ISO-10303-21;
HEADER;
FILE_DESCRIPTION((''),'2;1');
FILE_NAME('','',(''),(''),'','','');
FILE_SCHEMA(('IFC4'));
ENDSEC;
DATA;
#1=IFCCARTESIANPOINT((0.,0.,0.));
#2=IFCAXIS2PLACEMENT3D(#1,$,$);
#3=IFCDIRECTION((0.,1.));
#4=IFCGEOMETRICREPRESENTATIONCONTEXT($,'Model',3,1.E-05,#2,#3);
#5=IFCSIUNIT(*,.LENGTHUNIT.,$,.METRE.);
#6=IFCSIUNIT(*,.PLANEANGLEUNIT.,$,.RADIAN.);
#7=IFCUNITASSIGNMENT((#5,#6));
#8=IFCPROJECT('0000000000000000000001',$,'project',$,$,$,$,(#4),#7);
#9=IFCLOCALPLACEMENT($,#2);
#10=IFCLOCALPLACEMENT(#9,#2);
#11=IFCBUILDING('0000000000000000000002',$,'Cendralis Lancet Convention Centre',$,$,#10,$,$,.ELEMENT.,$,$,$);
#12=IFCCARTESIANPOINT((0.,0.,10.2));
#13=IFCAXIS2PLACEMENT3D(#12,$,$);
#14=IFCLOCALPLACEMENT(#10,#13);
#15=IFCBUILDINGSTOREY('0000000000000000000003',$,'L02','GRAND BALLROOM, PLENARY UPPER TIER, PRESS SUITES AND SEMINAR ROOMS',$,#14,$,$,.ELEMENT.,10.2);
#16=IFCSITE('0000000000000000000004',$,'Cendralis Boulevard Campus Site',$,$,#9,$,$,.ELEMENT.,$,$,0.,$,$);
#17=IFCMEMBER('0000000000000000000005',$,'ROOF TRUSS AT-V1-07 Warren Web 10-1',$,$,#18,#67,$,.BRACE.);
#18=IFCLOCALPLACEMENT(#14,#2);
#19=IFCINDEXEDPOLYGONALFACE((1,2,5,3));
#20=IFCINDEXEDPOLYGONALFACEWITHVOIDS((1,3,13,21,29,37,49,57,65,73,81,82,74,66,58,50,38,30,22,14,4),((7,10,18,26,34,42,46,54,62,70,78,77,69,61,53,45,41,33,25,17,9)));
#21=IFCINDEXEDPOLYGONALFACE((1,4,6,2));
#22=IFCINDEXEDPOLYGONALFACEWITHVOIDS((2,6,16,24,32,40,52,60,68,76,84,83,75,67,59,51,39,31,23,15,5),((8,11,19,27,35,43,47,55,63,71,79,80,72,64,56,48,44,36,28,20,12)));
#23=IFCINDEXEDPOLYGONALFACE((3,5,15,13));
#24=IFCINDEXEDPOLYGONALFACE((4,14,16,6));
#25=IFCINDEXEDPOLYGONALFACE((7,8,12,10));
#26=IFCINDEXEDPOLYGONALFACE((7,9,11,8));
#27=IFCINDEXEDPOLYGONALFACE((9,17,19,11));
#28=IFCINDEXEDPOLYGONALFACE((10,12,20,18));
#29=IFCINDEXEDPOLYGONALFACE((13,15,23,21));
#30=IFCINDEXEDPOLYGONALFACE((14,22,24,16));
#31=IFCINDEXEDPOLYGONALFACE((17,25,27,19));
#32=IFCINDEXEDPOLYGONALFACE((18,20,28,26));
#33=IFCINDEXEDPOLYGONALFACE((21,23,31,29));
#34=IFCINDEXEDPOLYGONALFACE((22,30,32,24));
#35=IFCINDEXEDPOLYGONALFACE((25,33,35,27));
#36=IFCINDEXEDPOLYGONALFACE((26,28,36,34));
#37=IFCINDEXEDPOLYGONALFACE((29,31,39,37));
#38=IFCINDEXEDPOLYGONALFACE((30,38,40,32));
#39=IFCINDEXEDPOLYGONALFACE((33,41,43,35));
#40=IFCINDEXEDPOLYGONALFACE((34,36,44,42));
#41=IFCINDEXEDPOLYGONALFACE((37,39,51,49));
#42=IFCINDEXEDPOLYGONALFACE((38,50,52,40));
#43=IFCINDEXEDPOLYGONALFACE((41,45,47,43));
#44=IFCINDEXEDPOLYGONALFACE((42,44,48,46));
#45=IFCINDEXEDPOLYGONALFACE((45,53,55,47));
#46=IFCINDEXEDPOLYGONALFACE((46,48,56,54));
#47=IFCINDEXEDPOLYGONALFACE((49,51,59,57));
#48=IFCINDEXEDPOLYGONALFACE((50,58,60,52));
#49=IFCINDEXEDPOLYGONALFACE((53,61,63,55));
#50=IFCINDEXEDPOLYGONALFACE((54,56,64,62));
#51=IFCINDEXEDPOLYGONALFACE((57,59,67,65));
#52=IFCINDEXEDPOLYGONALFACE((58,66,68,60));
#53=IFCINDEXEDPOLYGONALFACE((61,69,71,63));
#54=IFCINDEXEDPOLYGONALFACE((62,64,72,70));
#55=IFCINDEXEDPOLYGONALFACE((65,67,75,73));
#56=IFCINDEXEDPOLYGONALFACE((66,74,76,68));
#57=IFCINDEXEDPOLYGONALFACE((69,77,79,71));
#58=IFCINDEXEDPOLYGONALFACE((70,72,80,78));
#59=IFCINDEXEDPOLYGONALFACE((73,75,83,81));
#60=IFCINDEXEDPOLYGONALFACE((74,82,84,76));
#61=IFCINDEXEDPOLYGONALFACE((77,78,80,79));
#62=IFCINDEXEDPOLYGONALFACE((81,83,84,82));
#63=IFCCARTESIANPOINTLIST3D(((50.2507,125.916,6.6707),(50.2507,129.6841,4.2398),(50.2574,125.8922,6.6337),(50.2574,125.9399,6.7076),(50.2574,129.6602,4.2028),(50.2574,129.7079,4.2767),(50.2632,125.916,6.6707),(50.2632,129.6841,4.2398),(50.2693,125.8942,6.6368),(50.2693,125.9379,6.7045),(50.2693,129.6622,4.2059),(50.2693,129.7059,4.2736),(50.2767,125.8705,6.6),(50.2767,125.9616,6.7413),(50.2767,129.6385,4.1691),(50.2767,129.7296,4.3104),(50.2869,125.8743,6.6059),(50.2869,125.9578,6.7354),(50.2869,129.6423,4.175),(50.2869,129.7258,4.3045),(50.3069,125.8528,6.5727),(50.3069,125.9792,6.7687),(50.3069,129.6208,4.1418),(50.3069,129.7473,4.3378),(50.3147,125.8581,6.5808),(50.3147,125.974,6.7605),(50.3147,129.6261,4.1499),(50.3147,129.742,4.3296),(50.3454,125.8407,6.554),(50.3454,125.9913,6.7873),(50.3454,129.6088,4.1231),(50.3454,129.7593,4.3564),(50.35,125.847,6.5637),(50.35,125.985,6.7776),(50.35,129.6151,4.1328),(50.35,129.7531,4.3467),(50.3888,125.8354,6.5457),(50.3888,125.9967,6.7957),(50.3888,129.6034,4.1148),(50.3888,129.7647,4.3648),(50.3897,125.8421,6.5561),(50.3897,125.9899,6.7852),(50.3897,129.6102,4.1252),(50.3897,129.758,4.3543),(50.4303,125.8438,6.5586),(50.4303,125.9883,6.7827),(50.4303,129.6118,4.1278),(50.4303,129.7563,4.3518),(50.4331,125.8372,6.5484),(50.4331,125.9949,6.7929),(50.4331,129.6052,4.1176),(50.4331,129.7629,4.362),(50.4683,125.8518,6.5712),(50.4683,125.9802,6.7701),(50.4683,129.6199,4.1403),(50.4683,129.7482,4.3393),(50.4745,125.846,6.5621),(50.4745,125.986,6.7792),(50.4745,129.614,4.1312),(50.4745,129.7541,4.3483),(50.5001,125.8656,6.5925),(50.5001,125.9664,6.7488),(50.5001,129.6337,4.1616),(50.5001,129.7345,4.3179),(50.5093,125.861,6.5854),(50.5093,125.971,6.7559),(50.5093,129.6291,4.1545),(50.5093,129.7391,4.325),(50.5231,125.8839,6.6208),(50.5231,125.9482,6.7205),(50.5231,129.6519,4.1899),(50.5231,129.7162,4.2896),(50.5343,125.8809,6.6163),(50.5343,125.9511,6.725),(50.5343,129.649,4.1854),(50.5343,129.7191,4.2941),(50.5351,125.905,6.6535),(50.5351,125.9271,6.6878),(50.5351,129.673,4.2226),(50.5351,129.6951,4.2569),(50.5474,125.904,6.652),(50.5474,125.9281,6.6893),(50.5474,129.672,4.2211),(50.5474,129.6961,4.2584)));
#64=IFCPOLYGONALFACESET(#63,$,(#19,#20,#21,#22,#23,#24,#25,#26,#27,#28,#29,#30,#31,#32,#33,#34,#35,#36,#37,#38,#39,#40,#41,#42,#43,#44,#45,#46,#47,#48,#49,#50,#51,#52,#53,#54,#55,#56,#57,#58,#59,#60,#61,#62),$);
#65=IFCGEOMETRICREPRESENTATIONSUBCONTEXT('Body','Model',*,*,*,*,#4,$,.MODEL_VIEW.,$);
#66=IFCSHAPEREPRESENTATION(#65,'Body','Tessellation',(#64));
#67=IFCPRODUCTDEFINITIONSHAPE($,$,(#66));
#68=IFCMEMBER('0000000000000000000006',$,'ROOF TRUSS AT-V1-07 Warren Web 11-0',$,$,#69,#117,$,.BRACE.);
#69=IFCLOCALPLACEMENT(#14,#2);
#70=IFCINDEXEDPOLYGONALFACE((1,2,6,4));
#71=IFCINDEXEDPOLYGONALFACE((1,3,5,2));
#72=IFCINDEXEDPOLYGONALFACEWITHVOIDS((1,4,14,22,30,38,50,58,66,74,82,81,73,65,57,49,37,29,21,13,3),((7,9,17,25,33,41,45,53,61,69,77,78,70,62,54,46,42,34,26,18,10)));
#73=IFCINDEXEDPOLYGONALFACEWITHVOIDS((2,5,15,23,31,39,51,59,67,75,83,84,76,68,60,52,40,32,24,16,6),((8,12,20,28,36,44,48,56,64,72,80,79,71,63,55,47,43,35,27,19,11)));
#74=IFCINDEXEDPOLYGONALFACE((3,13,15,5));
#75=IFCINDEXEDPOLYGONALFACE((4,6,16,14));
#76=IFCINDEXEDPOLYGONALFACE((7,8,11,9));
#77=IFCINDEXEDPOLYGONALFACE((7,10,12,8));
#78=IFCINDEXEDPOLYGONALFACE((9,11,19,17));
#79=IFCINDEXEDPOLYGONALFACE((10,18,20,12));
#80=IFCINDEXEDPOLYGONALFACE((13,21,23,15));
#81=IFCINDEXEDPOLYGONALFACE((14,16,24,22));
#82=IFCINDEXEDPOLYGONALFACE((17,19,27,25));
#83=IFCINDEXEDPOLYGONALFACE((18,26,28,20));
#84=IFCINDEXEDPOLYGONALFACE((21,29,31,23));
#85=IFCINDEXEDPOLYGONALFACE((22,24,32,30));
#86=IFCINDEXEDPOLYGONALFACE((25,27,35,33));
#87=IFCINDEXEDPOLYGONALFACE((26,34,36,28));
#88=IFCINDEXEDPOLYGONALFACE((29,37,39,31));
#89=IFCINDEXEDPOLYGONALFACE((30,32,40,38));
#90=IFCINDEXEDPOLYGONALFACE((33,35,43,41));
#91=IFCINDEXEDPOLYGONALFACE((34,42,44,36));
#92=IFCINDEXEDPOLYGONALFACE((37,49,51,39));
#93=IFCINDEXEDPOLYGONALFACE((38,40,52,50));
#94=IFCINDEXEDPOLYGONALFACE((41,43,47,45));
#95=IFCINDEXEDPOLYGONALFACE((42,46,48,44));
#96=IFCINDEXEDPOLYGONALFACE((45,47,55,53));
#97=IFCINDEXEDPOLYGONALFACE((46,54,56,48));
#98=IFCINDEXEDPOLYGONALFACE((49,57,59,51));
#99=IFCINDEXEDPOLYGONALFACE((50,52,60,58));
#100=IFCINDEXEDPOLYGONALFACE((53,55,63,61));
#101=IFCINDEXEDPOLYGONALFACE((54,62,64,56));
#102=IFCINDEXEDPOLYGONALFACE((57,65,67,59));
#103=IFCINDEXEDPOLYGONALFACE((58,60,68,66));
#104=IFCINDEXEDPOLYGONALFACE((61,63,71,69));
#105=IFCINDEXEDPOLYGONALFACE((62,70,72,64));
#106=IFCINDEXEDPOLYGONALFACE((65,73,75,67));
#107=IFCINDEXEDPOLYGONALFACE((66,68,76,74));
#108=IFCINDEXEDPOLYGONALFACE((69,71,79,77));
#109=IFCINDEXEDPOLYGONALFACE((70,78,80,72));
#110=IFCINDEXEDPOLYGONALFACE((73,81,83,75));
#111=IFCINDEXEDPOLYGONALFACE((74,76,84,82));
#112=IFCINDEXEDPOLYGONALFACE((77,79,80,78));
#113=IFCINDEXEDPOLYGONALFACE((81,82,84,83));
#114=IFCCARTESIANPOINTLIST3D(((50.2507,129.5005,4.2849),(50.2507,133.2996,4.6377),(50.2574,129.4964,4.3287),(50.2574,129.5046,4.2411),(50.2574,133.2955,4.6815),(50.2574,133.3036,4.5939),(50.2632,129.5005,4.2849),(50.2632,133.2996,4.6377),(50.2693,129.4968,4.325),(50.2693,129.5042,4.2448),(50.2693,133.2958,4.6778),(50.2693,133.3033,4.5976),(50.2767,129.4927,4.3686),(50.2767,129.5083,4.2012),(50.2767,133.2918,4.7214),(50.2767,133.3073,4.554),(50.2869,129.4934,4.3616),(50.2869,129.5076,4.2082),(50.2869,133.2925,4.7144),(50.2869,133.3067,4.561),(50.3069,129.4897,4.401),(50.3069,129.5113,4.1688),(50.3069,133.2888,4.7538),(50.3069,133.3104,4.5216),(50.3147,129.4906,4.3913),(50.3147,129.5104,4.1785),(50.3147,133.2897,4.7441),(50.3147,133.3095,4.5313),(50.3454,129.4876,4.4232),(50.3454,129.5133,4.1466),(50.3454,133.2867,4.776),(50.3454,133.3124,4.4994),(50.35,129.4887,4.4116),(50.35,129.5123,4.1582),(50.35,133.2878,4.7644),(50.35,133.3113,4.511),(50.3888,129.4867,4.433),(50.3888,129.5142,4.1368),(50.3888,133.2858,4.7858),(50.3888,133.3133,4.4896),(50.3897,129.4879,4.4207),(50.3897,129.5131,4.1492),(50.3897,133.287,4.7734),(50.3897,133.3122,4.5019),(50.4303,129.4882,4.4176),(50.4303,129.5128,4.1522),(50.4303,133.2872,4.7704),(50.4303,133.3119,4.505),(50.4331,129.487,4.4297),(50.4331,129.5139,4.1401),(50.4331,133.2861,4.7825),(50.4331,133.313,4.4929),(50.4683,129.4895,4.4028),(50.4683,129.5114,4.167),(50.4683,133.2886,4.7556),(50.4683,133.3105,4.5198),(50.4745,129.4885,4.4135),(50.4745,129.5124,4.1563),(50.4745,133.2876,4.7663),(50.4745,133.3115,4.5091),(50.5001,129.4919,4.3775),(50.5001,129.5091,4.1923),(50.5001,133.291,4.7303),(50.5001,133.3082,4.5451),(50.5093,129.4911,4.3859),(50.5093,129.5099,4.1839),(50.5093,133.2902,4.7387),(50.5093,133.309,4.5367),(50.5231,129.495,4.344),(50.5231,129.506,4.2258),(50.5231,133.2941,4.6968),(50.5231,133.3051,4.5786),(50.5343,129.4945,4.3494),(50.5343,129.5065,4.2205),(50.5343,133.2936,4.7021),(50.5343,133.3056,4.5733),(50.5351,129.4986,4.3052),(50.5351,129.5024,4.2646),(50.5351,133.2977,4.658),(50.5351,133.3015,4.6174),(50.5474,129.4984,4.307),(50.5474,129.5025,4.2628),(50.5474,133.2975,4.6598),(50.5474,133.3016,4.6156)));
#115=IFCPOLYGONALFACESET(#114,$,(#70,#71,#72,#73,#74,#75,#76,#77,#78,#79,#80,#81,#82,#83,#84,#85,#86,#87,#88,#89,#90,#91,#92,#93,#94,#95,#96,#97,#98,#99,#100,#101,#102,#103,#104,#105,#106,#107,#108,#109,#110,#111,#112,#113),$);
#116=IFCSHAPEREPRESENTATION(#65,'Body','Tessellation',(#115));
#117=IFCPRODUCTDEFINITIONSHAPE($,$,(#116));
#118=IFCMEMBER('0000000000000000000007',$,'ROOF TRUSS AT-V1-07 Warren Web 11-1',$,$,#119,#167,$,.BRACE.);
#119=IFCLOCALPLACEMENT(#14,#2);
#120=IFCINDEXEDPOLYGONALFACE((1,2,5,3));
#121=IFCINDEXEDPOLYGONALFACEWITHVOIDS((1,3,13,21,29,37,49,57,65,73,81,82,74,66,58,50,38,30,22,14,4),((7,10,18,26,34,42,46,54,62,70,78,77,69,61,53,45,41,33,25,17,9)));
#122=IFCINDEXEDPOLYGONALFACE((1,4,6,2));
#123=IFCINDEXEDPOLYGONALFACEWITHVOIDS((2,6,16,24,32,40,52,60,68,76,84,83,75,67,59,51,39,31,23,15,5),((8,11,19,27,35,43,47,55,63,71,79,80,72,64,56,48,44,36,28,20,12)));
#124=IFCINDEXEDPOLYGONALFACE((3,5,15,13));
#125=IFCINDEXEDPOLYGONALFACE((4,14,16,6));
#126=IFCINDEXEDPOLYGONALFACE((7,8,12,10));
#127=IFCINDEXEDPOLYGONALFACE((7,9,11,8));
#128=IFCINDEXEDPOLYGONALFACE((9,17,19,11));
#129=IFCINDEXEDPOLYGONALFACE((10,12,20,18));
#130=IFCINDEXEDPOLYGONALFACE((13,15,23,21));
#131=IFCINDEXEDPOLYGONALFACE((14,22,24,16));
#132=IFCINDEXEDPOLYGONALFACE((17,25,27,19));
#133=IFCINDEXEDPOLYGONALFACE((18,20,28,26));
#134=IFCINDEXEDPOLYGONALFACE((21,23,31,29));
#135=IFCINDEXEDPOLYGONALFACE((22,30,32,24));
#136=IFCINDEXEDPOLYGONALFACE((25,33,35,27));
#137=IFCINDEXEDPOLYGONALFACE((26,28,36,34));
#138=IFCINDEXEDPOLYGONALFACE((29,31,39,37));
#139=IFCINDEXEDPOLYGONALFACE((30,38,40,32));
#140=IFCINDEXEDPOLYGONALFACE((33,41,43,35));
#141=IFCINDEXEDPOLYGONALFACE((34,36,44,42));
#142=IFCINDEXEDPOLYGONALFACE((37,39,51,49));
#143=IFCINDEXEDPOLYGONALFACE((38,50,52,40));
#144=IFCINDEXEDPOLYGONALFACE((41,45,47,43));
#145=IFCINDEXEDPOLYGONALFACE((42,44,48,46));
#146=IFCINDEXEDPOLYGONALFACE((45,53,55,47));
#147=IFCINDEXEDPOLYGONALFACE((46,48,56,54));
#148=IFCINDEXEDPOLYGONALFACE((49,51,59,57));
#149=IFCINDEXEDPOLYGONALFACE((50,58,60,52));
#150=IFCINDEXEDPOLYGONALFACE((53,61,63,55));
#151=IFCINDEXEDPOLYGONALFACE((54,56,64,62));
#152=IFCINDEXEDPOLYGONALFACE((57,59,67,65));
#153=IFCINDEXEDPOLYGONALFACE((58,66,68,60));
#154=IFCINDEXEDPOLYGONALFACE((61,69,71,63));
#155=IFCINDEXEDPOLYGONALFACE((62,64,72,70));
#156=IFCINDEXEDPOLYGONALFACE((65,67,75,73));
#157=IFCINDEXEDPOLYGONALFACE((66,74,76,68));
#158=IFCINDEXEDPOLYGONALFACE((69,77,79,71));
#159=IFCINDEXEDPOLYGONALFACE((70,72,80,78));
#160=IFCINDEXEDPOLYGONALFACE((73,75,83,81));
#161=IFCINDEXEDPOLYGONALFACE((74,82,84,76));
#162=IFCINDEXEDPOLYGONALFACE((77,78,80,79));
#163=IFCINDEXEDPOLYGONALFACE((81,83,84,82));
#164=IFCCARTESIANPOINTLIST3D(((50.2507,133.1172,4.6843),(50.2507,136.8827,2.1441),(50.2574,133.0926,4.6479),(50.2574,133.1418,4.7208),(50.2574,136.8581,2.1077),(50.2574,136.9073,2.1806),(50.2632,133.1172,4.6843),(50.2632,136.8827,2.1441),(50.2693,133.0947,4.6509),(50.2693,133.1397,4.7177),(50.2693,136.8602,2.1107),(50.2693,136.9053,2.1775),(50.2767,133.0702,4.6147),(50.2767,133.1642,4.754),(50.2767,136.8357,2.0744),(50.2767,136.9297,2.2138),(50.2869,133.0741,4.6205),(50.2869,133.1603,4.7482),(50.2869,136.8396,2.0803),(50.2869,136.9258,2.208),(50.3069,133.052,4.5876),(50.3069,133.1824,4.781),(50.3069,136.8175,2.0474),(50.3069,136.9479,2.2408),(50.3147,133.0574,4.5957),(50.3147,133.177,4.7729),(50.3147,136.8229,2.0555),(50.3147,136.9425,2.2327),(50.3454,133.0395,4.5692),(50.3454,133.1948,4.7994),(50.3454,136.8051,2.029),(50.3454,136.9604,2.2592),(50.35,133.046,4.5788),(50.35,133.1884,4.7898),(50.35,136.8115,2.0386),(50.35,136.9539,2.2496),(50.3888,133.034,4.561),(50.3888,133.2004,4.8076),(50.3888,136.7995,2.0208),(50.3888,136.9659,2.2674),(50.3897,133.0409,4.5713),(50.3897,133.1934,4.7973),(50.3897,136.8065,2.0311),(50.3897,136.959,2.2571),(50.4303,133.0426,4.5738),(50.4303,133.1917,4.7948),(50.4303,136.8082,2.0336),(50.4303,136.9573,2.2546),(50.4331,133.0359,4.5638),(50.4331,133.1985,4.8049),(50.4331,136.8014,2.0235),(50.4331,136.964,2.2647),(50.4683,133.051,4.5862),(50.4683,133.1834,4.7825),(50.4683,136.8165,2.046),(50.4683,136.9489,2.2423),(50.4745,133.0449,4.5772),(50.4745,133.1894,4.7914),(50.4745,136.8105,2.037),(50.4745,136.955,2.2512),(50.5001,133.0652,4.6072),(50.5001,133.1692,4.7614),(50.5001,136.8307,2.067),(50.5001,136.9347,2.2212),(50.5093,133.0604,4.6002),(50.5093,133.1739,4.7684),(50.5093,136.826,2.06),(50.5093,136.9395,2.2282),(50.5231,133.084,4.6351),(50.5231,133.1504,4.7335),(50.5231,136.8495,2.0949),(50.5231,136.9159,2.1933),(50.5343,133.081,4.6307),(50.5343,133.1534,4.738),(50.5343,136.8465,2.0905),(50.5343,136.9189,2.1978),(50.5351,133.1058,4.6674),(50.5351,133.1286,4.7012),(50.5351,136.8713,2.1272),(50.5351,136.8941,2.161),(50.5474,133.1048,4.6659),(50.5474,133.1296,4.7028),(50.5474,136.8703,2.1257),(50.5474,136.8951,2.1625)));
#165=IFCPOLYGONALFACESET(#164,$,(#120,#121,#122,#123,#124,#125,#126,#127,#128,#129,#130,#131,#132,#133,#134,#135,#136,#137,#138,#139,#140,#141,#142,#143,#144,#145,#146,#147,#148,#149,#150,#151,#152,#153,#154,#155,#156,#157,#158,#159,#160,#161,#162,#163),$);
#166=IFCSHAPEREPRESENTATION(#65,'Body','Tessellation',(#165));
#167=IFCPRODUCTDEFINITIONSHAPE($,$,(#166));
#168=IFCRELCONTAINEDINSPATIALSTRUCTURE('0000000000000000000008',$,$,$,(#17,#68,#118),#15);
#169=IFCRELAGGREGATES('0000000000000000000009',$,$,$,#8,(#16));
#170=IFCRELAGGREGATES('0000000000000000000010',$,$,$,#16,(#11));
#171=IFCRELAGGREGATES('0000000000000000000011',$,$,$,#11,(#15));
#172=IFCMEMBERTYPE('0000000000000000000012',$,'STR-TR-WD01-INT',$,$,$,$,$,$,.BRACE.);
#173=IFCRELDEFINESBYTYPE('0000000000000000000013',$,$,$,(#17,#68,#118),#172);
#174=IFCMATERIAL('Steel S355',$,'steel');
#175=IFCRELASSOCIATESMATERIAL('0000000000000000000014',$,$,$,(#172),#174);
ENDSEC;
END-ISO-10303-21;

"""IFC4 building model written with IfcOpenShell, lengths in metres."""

from ifc_helpers import new_model, si_unit, direction, frame, origin, origin_2d, place, context, subcontext, project, spatial, hollow_circle, extrude, material, material_profile, profile_set, type_object, element, save


model = new_model("IFC4")

# Units and contexts
model_context = context("Model", 3, precision=1e-05, world=origin(), true_north=direction((0.0, 1.0)))
body_context = subcontext(model_context, "Body", "Model", "MODEL_VIEW")
ifc_project = project(units=[si_unit("LENGTHUNIT", "METRE"), si_unit("PLANEANGLEUNIT", "RADIAN")], contexts=[model_context])

# Site, building, storey
site_placement = place(None, origin())
site = spatial("IfcSite", under=ifc_project, at=site_placement, Name="Cendralis Boulevard Campus Site", CompositionType="ELEMENT", RefElevation=0.0)
building_placement = place(site_placement, origin())
building = spatial("IfcBuilding", under=site, at=building_placement, Name="Cendralis Lancet Convention Centre", CompositionType="ELEMENT")
storey_placement = place(building_placement, frame((0.0, 0.0, 10.2)))
storey = spatial("IfcBuildingStorey", under=building, at=storey_placement, Name="L02", Description="GRAND BALLROOM, PLENARY UPPER TIER, PRESS SUITES AND SEMINAR ROOMS", CompositionType="ELEMENT", Elevation=10.2)

# Members
ifc_material_1 = material(Name="Steel S355", Category="steel")
ifc_material_profile_1 = material_profile(ifc_material_1, hollow_circle(Radius=0.1492, WallThickness=0.0125, at=origin_2d()), Name="CHS 298.5x12.5")
ifc_profile_set_1 = profile_set([ifc_material_profile_1], Name="Steel S355")
member_type_1 = type_object("IfcMemberType", Name="STR-TR-WD01-INT", PredefinedType="BRACE", material=ifc_profile_set_1)
member_1_placement = place(storey_placement, frame((50.3999, 125.916, 6.6707), z_axis=(0.0, 0.840307, -0.542111), x_axis=(-1.0, 0.0, 0.0)))
element("IfcMember", 1, at=member_1_placement, inside=storey, type_object=member_type_1, Name="ROOF TRUSS AT-V1-07 Warren Web 10-1", PredefinedType="BRACE", context=body_context, shape_type="SweptSolid", body=[
    extrude(hollow_circle(Radius=0.1492, WallThickness=0.0125, at=origin_2d()), origin(), (0.0, 0.0, 1.0), 4.4841),
])
member_2_placement = place(storey_placement, frame((50.3999, 129.5005, 4.2849), z_axis=(0.0, 0.995716, 0.092463), x_axis=(-1.0, 0.0, 0.0)))
element("IfcMember", 2, at=member_2_placement, inside=storey, type_object=member_type_1, Name="ROOF TRUSS AT-V1-07 Warren Web 11-0", PredefinedType="BRACE", context=body_context, shape_type="SweptSolid", body=[
    extrude(hollow_circle(Radius=0.1492, WallThickness=0.0125, at=origin_2d()), origin(), (0.0, 0.0, 1.0), 3.8154),
])
member_3_placement = place(storey_placement, frame((50.3999, 133.1172, 4.6843), z_axis=(0.0, 0.829003, -0.559244), x_axis=(-1.0, 0.0, 0.0)))
element("IfcMember", 3, at=member_3_placement, inside=storey, type_object=member_type_1, Name="ROOF TRUSS AT-V1-07 Warren Web 11-1", PredefinedType="BRACE", context=body_context, shape_type="SweptSolid", body=[
    extrude(hollow_circle(Radius=0.1492, WallThickness=0.0125, at=origin_2d()), origin(), (0.0, 0.0, 1.0), 4.5422),
])

save(model, "model.ifc")
